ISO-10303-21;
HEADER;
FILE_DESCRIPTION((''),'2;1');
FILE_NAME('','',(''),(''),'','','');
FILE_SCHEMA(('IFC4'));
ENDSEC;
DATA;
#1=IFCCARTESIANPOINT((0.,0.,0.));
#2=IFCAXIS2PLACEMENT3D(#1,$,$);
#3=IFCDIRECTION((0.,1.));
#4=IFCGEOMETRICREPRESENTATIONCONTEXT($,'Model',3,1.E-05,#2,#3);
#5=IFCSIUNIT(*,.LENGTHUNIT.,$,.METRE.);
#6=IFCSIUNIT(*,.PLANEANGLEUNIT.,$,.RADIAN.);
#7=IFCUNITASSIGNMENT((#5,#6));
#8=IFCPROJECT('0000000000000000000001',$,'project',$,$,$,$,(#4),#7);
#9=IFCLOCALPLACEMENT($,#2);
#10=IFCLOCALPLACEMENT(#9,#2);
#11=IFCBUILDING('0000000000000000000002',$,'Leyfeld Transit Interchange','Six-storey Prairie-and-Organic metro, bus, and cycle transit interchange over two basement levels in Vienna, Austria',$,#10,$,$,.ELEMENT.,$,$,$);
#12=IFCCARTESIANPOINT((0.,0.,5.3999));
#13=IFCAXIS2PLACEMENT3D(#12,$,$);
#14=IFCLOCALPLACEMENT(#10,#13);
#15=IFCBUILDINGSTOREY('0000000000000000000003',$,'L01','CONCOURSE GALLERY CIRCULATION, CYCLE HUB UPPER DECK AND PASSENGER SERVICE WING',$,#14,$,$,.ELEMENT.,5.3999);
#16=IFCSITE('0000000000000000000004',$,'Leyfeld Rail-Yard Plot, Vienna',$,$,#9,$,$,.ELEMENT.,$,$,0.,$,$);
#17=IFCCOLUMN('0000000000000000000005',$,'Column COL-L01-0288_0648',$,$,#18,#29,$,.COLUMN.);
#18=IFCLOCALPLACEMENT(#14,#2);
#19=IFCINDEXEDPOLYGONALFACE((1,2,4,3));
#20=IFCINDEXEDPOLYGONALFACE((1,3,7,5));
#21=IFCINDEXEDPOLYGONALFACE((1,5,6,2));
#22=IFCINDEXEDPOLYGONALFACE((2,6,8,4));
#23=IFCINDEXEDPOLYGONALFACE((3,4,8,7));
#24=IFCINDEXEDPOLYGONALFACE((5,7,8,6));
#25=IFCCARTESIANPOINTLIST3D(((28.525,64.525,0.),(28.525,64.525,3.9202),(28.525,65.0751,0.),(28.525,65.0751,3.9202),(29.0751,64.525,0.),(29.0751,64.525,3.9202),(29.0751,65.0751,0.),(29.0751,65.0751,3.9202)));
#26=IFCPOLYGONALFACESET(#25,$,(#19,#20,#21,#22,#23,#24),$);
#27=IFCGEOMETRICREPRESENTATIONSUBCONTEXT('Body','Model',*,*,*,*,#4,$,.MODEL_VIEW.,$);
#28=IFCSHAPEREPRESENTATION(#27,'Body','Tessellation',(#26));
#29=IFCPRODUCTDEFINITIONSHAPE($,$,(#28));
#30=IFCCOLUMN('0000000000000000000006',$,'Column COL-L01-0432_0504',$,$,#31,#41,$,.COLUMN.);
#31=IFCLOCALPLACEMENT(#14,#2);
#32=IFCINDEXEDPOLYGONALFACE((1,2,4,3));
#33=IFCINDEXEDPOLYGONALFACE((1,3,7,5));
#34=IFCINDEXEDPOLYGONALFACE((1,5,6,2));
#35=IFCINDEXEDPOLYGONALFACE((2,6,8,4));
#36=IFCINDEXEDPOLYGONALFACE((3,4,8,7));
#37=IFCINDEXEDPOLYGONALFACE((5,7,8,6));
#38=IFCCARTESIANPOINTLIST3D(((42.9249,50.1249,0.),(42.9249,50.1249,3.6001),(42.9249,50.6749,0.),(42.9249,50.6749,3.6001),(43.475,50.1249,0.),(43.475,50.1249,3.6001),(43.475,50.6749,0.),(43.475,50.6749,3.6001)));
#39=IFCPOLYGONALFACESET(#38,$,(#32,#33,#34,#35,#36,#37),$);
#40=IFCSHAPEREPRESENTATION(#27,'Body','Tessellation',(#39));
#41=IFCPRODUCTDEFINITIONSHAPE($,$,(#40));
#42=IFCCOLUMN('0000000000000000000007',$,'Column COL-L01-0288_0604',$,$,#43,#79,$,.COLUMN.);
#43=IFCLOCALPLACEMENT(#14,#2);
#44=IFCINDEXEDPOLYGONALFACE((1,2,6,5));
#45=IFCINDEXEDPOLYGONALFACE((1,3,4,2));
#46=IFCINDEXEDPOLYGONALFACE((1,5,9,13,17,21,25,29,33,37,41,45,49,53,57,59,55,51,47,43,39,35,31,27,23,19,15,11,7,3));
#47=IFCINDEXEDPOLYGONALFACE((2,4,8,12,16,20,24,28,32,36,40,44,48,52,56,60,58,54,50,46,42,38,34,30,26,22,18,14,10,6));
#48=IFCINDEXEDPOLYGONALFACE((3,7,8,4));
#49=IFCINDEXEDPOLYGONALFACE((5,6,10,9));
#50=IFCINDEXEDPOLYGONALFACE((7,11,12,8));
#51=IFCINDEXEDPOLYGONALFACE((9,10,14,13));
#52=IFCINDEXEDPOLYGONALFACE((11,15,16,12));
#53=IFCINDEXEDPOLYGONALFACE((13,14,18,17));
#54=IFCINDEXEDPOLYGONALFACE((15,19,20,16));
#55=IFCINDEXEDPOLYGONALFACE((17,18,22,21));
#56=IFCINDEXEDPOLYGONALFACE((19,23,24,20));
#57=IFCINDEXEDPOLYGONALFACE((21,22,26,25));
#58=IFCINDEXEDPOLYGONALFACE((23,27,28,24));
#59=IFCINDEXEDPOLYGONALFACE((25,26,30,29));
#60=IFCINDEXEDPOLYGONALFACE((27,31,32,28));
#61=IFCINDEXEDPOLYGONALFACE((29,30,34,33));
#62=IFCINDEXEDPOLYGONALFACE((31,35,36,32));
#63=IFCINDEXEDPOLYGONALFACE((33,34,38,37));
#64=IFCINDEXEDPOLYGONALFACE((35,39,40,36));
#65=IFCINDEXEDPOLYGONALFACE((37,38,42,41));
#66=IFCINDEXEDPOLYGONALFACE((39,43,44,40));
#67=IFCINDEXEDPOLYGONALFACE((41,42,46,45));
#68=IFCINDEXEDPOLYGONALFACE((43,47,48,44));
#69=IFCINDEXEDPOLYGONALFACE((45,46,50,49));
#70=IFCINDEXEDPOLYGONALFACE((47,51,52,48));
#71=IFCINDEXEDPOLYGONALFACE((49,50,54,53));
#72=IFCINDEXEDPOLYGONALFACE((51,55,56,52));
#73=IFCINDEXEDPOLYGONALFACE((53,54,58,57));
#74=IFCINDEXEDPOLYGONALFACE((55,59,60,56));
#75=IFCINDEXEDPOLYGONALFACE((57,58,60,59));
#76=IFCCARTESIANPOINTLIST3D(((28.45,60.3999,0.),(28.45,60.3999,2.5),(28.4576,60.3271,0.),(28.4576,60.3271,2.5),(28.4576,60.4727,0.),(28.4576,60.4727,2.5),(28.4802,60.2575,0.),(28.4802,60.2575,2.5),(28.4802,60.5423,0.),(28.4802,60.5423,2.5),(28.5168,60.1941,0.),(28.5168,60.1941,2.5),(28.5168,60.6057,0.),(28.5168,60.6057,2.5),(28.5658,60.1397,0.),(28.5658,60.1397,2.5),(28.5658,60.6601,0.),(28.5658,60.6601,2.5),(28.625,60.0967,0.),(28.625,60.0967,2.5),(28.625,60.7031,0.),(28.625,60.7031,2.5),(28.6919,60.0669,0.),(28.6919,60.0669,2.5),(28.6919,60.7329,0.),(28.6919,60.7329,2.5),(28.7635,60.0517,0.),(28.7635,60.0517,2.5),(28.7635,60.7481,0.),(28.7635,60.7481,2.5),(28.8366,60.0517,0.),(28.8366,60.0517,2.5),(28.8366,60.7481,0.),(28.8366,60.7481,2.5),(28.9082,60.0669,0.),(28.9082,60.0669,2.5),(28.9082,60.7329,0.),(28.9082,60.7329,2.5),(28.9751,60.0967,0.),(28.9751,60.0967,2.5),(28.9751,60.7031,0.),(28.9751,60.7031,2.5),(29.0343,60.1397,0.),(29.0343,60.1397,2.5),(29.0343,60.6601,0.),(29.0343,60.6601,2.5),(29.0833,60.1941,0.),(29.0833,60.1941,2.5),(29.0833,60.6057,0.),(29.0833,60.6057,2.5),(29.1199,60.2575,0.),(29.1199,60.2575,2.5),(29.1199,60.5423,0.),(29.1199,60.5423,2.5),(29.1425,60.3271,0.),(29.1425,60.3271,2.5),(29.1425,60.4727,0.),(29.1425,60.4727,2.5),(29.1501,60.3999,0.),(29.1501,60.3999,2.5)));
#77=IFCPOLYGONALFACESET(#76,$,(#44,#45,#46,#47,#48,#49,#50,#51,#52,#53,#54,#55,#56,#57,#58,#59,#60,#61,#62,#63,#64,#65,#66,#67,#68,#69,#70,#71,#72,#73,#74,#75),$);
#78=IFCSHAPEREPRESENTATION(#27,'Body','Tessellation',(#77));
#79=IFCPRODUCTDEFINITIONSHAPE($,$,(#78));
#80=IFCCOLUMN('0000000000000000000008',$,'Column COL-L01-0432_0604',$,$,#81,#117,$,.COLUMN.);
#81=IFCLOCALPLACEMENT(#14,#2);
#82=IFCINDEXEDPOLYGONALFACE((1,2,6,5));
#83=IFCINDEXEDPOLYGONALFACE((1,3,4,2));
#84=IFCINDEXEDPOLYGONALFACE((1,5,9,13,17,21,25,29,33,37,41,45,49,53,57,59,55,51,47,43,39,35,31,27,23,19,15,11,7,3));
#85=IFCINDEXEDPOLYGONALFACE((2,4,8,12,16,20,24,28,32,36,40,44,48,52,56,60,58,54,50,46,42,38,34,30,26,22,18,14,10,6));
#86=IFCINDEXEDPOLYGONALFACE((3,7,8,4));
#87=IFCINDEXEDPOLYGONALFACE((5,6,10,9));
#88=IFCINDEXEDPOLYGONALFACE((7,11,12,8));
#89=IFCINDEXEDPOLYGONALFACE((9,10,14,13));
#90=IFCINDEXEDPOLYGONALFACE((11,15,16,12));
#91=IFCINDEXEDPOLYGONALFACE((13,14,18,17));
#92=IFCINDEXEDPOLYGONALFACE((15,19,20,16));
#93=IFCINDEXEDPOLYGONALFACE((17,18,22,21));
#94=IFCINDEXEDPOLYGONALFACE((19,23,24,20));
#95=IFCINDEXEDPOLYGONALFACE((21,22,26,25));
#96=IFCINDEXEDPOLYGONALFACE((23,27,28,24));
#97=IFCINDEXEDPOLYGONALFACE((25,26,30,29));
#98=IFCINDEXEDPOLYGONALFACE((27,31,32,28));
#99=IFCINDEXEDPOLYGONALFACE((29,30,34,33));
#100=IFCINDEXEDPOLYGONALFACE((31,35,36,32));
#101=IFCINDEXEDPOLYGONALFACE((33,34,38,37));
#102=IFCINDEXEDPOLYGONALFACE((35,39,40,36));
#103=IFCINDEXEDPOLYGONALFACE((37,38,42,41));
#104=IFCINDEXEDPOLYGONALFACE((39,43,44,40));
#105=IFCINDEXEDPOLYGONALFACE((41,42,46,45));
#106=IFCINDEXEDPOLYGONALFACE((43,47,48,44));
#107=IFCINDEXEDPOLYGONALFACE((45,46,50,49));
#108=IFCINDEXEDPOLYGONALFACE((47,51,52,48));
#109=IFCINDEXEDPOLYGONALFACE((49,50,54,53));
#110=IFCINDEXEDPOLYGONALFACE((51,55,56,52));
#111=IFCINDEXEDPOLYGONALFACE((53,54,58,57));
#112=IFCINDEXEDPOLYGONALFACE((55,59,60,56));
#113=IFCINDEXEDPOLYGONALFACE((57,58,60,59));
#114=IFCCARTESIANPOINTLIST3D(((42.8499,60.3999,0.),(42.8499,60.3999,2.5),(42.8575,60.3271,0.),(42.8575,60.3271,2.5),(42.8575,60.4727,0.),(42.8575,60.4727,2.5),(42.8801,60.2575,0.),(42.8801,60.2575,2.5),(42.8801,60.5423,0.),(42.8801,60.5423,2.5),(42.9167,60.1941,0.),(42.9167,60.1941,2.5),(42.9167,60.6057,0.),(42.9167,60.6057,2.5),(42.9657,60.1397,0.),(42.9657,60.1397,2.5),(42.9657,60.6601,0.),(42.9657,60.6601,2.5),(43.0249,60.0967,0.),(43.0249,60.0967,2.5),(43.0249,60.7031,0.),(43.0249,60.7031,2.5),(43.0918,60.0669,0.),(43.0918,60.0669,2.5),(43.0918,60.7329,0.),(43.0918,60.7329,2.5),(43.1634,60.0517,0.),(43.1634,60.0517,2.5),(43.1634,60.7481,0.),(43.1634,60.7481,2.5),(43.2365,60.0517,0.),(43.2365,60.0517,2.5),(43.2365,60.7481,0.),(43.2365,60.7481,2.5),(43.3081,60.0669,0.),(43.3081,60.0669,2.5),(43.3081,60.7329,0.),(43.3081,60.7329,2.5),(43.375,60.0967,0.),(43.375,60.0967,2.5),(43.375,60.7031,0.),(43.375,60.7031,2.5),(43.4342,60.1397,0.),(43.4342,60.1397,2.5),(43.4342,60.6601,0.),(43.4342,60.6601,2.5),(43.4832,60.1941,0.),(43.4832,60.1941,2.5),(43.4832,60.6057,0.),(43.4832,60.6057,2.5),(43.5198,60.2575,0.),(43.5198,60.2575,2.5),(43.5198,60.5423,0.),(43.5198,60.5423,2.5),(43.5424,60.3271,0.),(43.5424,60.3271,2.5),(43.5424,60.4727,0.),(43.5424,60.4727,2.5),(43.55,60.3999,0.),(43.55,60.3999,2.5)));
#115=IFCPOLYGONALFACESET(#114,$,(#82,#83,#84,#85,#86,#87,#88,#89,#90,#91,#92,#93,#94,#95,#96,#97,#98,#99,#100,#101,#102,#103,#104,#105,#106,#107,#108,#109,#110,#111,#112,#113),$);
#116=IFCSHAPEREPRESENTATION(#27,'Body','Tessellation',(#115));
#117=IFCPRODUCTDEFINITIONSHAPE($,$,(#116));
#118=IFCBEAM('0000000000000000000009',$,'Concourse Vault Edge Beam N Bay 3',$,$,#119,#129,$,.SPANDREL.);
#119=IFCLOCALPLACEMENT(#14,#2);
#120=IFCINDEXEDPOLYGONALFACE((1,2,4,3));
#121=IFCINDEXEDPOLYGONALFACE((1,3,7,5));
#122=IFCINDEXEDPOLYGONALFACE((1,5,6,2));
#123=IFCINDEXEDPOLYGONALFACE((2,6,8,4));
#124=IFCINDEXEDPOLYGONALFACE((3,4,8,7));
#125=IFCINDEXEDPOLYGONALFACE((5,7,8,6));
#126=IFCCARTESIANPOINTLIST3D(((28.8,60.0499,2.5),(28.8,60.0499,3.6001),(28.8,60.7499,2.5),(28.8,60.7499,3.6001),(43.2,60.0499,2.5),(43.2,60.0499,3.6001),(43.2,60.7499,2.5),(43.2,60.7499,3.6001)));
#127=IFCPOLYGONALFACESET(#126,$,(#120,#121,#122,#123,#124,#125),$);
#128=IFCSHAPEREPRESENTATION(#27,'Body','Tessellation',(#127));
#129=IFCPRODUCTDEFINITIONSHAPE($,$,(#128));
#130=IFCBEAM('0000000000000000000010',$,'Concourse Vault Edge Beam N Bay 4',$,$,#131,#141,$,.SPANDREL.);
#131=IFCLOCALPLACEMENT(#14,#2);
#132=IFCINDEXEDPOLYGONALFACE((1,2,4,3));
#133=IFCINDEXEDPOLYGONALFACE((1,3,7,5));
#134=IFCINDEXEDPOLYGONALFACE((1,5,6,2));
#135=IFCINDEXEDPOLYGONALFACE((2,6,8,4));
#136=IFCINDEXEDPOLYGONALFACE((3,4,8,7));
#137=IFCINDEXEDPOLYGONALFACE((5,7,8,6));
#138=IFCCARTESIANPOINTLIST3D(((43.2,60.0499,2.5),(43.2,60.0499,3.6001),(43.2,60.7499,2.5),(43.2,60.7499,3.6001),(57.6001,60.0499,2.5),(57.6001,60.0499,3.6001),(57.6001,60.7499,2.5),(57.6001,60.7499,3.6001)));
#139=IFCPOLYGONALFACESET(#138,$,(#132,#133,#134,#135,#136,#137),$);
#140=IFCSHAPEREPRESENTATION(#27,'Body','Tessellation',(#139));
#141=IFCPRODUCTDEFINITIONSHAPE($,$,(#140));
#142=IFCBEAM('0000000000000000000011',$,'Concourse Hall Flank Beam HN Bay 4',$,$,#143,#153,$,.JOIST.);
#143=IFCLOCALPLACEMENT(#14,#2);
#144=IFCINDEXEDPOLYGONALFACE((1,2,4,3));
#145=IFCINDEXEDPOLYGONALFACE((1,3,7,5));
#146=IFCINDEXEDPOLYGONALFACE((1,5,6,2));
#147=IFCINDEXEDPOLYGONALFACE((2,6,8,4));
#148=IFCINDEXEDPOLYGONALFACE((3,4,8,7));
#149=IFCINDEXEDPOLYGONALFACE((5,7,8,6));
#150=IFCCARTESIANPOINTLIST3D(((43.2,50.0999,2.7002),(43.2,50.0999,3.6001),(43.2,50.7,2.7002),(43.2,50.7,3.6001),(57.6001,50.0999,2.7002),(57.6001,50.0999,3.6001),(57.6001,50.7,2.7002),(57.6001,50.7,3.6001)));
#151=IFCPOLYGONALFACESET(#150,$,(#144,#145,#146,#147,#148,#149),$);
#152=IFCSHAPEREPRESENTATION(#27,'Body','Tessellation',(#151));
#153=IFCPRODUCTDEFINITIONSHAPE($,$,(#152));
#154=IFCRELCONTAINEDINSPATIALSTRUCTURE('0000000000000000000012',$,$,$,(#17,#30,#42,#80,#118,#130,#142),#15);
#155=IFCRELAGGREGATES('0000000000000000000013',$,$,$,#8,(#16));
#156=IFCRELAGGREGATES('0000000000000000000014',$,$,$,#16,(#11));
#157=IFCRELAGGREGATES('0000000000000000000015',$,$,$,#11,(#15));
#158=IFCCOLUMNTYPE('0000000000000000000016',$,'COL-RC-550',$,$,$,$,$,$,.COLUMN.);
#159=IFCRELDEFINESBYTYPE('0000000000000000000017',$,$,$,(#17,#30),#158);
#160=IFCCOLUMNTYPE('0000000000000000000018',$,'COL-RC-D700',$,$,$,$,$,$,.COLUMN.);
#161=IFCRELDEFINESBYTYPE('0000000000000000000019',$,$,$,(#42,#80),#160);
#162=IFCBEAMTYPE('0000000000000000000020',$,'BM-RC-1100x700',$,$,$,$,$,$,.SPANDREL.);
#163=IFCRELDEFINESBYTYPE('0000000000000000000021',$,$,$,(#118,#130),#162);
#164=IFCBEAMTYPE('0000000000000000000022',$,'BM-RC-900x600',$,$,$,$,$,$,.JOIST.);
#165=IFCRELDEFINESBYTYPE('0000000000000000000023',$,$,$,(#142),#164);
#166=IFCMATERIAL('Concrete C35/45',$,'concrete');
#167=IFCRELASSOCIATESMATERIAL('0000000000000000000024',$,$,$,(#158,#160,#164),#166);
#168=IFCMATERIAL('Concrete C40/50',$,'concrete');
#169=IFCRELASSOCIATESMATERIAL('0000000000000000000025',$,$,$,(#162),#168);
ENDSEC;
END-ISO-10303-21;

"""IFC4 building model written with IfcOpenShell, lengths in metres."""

from ifc_helpers import new_model, si_unit, direction, frame, origin, origin_2d, place, context, subcontext, project, spatial, rectangle, circle, extrude, material, material_profile, profile_set, type_object, element, save


model = new_model("IFC4")

# Units and contexts
model_context = context("Model", 3, precision=1e-05, world=origin(), true_north=direction((0.0, 1.0)))
body_context = subcontext(model_context, "Body", "Model", "MODEL_VIEW")
ifc_project = project(units=[si_unit("LENGTHUNIT", "METRE"), si_unit("PLANEANGLEUNIT", "RADIAN")], contexts=[model_context])

# Site, building, storey
site_placement = place(None, origin())
site = spatial("IfcSite", under=ifc_project, at=site_placement, Name="Leyfeld Rail-Yard Plot, Vienna", CompositionType="ELEMENT", RefElevation=0.0)
building_placement = place(site_placement, origin())
building = spatial("IfcBuilding", under=site, at=building_placement, Name="Leyfeld Transit Interchange", Description="Six-storey Prairie-and-Organic metro, bus, and cycle transit interchange over two basement levels in Vienna, Austria", CompositionType="ELEMENT")
storey_placement = place(building_placement, frame((0.0, 0.0, 5.3999)))
storey = spatial("IfcBuildingStorey", under=building, at=storey_placement, Name="L01", Description="CONCOURSE GALLERY CIRCULATION, CYCLE HUB UPPER DECK AND PASSENGER SERVICE WING", CompositionType="ELEMENT", Elevation=5.3999)

# Columns
ifc_material_1 = material(Name="Concrete C35/45", Category="concrete")
ifc_material_profile_1 = material_profile(ifc_material_1, rectangle(XDim=0.55, YDim=0.55, at=origin_2d()), Name="RC 550x550")
ifc_profile_set_1 = profile_set([ifc_material_profile_1], Name="Concrete C35/45")
column_type_1 = type_object("IfcColumnType", Name="COL-RC-550", PredefinedType="COLUMN", material=ifc_profile_set_1)
column_1_placement = place(storey_placement, frame((28.8, 64.8, 0.0), z_axis=(0.0, 0.0, 1.0), x_axis=(1.0, 0.0, 0.0)))
element("IfcColumn", 1, at=column_1_placement, inside=storey, type_object=column_type_1, Name="Column COL-L01-0288_0648", PredefinedType="COLUMN", context=body_context, shape_type="SweptSolid", body=[
    extrude(rectangle(XDim=0.55, YDim=0.55, at=origin_2d()), origin(), (0.0, 0.0, 1.0), 3.9202),
])
column_2_placement = place(storey_placement, frame((43.2, 50.3999, 0.0), z_axis=(0.0, 0.0, 1.0), x_axis=(1.0, 0.0, 0.0)))
element("IfcColumn", 2, at=column_2_placement, inside=storey, type_object=column_type_1, Name="Column COL-L01-0432_0504", PredefinedType="COLUMN", context=body_context, shape_type="SweptSolid", body=[
    extrude(rectangle(XDim=0.55, YDim=0.55, at=origin_2d()), origin(), (0.0, 0.0, 1.0), 3.6001),
])
ifc_material_profile_2 = material_profile(ifc_material_1, circle(Radius=0.3501, at=origin_2d()), Name="RC D700")
ifc_profile_set_2 = profile_set([ifc_material_profile_2], Name="Concrete C35/45")
column_type_2 = type_object("IfcColumnType", Name="COL-RC-D700", PredefinedType="COLUMN", material=ifc_profile_set_2)
for number, where, z_axis, x_axis, name in (
    (3, (28.8, 60.3999, 0.0), (0.0, 0.0, 1.0), (1.0, 0.0, 0.0), "Column COL-L01-0288_0604"),
    (4, (43.2, 60.3999, 0.0), (0.0, 0.0, 1.0), (1.0, 0.0, 0.0), "Column COL-L01-0432_0604"),
):
    element("IfcColumn", number, at=place(storey_placement, frame(where, z_axis=z_axis, x_axis=x_axis)), inside=storey, type_object=column_type_2, Name=name, PredefinedType="COLUMN", context=body_context, shape_type="SweptSolid", body=[
        extrude(circle(Radius=0.3501, at=origin_2d()), origin(), (0.0, 0.0, 1.0), 2.5),
    ])

# Beams
ifc_material_2 = material(Name="Concrete C40/50", Category="concrete")
ifc_material_profile_3 = material_profile(ifc_material_2, rectangle(XDim=0.7, YDim=1.1001, at=origin_2d()), Name="RC 1100x700")
ifc_profile_set_3 = profile_set([ifc_material_profile_3], Name="Concrete C40/50")
beam_type_1 = type_object("IfcBeamType", Name="BM-RC-1100x700", PredefinedType="SPANDREL", material=ifc_profile_set_3)
beam_1_placement = place(storey_placement, frame((28.8, 60.3999, 3.05), z_axis=(1.0, 0.0, 0.0), x_axis=(0.0, 1.0, 0.0)))
element("IfcBeam", 5, at=beam_1_placement, inside=storey, type_object=beam_type_1, Name="Concourse Vault Edge Beam N Bay 3", PredefinedType="SPANDREL", context=body_context, shape_type="SweptSolid", body=[
    extrude(rectangle(XDim=0.7, YDim=1.1001, at=origin_2d()), origin(), (0.0, 0.0, 1.0), 14.3999),
])
beam_2_placement = place(storey_placement, frame((43.2, 60.3999, 3.05), z_axis=(1.0, 0.0, 0.0), x_axis=(0.0, 1.0, 0.0)))
element("IfcBeam", 6, at=beam_2_placement, inside=storey, type_object=beam_type_1, Name="Concourse Vault Edge Beam N Bay 4", PredefinedType="SPANDREL", context=body_context, shape_type="SweptSolid", body=[
    extrude(rectangle(XDim=0.7, YDim=1.1001, at=origin_2d()), origin(), (0.0, 0.0, 1.0), 14.4001),
])
ifc_material_profile_4 = material_profile(ifc_material_1, rectangle(XDim=0.6001, YDim=0.8999, at=origin_2d()), Name="RC 900x600")
ifc_profile_set_4 = profile_set([ifc_material_profile_4], Name="Concrete C35/45")
beam_type_2 = type_object("IfcBeamType", Name="BM-RC-900x600", PredefinedType="JOIST", material=ifc_profile_set_4)
beam_3_placement = place(storey_placement, frame((43.2, 50.3999, 3.1501), z_axis=(1.0, 0.0, 0.0), x_axis=(0.0, 1.0, 0.0)))
element("IfcBeam", 7, at=beam_3_placement, inside=storey, type_object=beam_type_2, Name="Concourse Hall Flank Beam HN Bay 4", PredefinedType="JOIST", context=body_context, shape_type="SweptSolid", body=[
    extrude(rectangle(XDim=0.6001, YDim=0.8999, at=origin_2d()), origin(), (0.0, 0.0, 1.0), 14.4001),
])

save(model, "model.ifc")
